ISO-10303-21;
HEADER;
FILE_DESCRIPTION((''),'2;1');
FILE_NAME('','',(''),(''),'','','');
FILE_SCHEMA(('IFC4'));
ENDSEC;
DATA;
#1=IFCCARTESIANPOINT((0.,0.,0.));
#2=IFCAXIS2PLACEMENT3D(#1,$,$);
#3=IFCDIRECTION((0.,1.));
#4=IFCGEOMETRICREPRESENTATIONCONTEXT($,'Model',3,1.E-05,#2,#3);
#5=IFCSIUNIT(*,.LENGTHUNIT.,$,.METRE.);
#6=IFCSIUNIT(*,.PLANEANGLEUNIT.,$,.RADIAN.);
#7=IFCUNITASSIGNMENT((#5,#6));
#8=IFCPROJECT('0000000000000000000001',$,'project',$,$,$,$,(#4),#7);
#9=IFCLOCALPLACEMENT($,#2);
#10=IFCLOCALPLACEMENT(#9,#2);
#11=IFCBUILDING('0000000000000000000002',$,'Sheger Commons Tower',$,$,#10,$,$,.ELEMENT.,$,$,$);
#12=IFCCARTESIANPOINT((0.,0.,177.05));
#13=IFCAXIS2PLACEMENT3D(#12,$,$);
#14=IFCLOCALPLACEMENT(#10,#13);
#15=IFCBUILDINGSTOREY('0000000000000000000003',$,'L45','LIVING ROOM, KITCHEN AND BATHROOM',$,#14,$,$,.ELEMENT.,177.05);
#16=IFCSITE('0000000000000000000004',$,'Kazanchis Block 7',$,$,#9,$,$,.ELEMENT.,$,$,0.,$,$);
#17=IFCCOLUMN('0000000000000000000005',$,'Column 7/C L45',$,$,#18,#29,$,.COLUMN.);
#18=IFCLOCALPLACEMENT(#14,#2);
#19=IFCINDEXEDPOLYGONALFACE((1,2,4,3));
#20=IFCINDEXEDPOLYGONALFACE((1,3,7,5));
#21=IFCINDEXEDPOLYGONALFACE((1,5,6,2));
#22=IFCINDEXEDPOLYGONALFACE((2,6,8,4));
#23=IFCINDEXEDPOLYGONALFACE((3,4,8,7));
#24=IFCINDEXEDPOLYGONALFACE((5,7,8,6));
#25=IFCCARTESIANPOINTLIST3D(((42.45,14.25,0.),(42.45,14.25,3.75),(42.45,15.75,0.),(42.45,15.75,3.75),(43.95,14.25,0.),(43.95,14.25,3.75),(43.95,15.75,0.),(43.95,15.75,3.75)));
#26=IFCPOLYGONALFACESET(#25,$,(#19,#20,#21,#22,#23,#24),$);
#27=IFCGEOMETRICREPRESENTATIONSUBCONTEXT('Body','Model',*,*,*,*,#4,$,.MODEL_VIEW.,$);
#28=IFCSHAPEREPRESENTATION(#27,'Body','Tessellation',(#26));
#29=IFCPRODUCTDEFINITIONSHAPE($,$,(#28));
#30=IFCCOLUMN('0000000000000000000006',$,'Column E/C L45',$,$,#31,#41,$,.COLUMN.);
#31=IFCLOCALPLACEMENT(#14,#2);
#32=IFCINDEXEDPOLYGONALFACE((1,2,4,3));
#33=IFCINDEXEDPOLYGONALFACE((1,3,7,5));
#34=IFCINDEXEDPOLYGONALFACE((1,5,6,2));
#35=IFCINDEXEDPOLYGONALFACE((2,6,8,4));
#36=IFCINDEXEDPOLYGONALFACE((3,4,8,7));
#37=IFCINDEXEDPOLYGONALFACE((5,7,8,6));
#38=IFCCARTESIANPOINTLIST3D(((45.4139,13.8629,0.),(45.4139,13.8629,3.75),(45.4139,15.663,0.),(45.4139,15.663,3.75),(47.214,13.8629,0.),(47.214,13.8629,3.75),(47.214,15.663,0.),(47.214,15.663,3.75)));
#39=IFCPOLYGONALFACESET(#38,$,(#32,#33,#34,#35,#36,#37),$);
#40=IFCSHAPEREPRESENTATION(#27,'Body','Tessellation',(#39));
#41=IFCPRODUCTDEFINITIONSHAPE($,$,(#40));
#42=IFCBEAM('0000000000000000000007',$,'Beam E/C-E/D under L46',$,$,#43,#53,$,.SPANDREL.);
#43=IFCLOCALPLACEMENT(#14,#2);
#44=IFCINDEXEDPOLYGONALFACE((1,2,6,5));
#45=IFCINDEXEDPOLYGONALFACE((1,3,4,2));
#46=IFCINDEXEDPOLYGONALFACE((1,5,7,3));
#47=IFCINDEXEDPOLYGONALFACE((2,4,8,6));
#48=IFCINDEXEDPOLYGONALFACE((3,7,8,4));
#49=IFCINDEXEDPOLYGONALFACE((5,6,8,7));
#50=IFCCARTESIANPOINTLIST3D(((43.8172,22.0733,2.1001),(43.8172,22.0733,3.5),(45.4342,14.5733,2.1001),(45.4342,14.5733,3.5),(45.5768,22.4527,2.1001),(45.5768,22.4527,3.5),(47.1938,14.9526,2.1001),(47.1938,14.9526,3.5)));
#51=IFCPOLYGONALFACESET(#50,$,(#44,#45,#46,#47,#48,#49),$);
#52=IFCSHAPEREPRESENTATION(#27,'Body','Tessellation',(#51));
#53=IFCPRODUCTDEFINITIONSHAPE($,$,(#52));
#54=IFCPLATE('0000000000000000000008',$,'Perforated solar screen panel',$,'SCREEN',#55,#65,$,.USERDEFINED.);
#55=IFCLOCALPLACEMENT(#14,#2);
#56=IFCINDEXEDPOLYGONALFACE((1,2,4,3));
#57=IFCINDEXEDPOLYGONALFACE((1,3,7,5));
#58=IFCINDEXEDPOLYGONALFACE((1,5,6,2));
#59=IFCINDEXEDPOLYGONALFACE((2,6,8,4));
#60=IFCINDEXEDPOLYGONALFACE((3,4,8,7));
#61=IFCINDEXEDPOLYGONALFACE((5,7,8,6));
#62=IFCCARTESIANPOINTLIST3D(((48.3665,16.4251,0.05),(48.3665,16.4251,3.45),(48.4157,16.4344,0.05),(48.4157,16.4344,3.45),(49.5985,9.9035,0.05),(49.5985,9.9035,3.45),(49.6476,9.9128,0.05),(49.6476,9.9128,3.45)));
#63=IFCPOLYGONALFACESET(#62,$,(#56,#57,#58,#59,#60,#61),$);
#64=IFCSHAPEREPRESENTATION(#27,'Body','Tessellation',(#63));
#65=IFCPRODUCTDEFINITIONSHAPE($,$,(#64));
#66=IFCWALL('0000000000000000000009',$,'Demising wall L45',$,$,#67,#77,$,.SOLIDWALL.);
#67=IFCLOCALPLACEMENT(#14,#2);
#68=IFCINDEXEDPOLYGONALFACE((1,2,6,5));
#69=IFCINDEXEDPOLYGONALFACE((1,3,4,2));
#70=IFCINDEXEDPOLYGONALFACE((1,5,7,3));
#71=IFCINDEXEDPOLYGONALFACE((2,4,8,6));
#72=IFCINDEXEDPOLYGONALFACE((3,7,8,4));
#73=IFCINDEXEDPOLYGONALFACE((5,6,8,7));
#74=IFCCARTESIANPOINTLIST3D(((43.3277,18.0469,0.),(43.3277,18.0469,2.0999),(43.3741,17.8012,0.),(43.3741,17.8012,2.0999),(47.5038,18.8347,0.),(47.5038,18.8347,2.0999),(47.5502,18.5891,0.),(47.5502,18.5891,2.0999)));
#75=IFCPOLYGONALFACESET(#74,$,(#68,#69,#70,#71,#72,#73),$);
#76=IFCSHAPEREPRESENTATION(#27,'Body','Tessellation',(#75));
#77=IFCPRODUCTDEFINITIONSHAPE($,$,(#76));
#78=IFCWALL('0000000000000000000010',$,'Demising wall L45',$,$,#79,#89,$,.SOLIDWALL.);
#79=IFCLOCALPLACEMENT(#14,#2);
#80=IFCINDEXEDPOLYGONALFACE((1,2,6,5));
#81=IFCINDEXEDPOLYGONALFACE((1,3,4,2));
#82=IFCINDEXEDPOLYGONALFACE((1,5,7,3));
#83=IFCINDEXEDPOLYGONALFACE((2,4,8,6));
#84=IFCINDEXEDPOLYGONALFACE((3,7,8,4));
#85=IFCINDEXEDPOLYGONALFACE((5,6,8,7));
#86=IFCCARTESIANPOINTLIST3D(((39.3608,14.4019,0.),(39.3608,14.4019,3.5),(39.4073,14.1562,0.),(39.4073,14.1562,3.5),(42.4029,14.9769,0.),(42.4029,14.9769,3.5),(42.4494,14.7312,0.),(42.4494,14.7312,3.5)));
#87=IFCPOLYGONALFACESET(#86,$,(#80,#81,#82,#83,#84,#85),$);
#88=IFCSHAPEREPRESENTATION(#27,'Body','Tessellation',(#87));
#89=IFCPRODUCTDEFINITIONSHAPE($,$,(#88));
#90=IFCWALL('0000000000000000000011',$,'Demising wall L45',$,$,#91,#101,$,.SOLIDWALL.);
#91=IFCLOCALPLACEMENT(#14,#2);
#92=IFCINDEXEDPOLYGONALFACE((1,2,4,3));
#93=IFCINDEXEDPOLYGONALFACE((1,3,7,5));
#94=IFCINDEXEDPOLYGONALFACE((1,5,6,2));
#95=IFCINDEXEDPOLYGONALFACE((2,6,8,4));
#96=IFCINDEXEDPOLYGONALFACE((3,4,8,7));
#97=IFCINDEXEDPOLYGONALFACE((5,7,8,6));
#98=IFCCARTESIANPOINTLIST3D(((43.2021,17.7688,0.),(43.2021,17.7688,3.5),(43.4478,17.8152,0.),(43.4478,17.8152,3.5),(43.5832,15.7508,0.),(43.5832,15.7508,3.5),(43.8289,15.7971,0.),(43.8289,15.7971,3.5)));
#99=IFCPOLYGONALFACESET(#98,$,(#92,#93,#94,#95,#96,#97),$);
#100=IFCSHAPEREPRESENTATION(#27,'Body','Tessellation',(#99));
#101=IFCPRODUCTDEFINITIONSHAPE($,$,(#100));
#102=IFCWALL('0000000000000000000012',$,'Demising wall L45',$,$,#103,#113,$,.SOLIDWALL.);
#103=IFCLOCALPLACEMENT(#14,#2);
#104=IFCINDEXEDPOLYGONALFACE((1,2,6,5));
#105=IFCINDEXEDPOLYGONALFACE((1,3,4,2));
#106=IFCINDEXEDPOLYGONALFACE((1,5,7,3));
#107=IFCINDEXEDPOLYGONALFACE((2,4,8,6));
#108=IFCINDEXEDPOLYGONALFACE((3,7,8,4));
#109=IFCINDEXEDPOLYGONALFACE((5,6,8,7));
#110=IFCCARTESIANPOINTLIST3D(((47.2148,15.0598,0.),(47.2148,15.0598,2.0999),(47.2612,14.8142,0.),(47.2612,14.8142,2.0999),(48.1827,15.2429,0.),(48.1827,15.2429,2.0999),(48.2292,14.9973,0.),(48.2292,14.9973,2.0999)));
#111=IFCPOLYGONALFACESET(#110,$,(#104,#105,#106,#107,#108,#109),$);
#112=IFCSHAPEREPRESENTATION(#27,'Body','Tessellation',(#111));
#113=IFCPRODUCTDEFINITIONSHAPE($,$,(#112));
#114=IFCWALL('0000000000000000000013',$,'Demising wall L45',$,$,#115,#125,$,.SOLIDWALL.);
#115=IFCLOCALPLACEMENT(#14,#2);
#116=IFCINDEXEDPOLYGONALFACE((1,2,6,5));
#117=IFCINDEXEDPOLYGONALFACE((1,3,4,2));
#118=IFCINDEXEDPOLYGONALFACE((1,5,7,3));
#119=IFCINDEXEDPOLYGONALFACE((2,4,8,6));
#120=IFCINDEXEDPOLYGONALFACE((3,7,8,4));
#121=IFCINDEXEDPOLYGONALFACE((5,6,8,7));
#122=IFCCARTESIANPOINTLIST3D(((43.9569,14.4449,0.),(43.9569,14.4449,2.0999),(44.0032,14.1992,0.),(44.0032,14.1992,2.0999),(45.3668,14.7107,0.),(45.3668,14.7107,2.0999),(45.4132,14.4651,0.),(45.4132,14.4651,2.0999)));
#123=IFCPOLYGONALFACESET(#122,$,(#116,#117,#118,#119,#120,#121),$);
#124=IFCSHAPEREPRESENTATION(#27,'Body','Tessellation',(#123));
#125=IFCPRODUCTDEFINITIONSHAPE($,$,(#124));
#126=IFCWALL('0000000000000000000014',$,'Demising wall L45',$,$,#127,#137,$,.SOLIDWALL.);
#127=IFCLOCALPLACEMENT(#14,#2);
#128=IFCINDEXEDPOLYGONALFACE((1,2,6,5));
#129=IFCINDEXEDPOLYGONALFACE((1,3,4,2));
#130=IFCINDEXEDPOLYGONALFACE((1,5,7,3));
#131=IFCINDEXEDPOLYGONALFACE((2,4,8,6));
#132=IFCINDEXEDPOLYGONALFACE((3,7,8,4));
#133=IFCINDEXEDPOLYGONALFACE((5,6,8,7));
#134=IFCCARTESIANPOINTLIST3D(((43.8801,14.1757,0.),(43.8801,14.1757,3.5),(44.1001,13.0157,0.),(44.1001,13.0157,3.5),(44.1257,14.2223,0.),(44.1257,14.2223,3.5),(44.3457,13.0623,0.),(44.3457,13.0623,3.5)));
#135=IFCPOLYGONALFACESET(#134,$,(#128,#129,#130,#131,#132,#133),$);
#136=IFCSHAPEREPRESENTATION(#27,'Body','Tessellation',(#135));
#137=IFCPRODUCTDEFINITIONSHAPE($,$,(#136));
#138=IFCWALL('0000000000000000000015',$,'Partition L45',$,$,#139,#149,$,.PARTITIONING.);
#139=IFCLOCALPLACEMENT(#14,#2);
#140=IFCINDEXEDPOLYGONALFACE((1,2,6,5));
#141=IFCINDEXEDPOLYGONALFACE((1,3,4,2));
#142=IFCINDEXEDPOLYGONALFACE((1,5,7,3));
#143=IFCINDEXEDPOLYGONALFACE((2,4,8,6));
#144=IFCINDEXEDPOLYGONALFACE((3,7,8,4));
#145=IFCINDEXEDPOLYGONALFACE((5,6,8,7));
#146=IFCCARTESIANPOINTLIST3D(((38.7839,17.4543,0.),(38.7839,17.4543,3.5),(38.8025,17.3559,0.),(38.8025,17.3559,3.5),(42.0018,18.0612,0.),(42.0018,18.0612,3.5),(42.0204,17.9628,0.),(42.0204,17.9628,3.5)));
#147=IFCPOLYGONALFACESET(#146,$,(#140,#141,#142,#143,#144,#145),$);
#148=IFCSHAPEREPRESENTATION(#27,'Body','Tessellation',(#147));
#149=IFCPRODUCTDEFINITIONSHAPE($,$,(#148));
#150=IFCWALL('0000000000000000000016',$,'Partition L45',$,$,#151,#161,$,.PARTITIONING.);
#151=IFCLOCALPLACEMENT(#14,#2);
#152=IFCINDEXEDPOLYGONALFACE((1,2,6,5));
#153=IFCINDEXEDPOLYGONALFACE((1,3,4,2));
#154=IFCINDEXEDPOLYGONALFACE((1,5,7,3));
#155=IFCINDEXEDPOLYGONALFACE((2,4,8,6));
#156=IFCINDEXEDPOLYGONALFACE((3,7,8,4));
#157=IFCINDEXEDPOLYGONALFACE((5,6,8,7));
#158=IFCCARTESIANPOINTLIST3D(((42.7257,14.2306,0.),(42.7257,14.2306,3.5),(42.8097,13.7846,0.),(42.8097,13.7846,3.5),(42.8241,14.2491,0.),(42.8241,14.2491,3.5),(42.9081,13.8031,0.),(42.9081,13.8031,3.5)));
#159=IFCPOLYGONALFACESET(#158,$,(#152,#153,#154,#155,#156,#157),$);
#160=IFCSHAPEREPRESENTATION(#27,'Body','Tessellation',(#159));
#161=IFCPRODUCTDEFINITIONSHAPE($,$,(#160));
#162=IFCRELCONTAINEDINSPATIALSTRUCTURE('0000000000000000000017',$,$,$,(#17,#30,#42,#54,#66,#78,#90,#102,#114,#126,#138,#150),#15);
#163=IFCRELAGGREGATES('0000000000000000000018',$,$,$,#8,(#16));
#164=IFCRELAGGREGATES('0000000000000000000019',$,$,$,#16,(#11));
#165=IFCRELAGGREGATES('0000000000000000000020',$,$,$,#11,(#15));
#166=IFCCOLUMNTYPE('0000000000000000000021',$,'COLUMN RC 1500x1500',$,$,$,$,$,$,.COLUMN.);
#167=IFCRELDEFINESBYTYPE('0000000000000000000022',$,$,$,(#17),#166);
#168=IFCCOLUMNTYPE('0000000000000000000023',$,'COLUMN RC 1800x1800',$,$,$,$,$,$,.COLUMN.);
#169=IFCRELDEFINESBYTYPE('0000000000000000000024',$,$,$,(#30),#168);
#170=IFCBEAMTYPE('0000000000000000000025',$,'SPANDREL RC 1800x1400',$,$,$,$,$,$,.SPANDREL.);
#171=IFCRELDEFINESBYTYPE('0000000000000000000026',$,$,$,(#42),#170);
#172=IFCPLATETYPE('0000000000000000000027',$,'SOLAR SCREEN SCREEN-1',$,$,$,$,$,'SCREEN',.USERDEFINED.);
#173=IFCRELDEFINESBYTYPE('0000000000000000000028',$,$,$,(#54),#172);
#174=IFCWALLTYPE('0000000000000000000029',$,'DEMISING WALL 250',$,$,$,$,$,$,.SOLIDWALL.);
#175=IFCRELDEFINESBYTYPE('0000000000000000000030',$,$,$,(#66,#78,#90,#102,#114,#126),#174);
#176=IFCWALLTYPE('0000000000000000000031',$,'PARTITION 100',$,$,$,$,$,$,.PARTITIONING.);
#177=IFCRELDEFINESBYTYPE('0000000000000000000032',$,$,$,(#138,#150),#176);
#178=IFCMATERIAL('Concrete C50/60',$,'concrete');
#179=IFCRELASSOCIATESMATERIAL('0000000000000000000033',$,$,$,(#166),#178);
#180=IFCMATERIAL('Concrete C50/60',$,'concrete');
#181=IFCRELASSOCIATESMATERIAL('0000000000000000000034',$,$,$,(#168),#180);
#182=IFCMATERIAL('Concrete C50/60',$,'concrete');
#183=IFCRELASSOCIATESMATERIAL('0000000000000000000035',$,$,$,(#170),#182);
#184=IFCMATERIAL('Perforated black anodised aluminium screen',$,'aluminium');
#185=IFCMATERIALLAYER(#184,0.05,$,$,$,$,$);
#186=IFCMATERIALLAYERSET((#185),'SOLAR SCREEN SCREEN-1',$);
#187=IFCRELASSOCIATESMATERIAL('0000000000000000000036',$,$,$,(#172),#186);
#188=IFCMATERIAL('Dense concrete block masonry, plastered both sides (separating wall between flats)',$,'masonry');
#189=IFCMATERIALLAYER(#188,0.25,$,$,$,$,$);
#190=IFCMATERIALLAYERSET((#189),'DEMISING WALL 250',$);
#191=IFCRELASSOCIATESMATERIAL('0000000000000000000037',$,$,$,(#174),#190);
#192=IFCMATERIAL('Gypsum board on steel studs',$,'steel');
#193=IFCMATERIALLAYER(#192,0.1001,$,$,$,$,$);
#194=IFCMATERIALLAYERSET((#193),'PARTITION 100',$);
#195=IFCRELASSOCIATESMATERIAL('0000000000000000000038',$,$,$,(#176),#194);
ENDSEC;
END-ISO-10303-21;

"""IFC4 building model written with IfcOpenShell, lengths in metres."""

from ifc_helpers import new_model, si_unit, direction, frame, frame_2d, origin, origin_2d, place, context, subcontext, project, spatial, rectangle, extrude, material, layer, layer_set, material_profile, profile_set, type_object, element, save


model = new_model("IFC4")

# Units and contexts
model_context = context("Model", 3, precision=1e-05, world=origin(), true_north=direction((0.0, 1.0)))
body_context = subcontext(model_context, "Body", "Model", "MODEL_VIEW")
ifc_project = project(units=[si_unit("LENGTHUNIT", "METRE"), si_unit("PLANEANGLEUNIT", "RADIAN")], contexts=[model_context])

# Site, building, storey
site_placement = place(None, origin())
site = spatial("IfcSite", under=ifc_project, at=site_placement, Name="Kazanchis Block 7", CompositionType="ELEMENT", RefElevation=0.0)
building_placement = place(site_placement, origin())
building = spatial("IfcBuilding", under=site, at=building_placement, Name="Sheger Commons Tower", CompositionType="ELEMENT")
storey_placement = place(building_placement, frame((0.0, 0.0, 177.05)))
storey = spatial("IfcBuildingStorey", under=building, at=storey_placement, Name="L45", Description="LIVING ROOM, KITCHEN AND BATHROOM", CompositionType="ELEMENT", Elevation=177.05)

# Columns
ifc_material_1 = material(Name="Concrete C50/60", Category="concrete")
ifc_material_profile_1 = material_profile(ifc_material_1, rectangle(XDim=1.5, YDim=1.5, at=origin_2d()), Name="RC 1500x1500")
ifc_profile_set_1 = profile_set([ifc_material_profile_1], Name="Concrete C50/60")
column_type_1 = type_object("IfcColumnType", Name="COLUMN RC 1500x1500", PredefinedType="COLUMN", material=ifc_profile_set_1)
column_1_placement = place(storey_placement, frame((43.2, 15.0, 0.0), z_axis=(0.0, 0.0, 1.0), x_axis=(1.0, 0.0, 0.0)))
element("IfcColumn", 1, at=column_1_placement, inside=storey, type_object=column_type_1, Name="Column 7/C L45", PredefinedType="COLUMN", context=body_context, shape_type="SweptSolid", body=[
    extrude(rectangle(XDim=1.5, YDim=1.5, at=origin_2d()), origin(), (0.0, 0.0, 1.0), 3.75),
])
ifc_material_2 = material(Name="Concrete C50/60", Category="concrete")
ifc_material_profile_2 = material_profile(ifc_material_2, rectangle(XDim=1.8, YDim=1.8, at=origin_2d()), Name="RC 1800x1800")
ifc_profile_set_2 = profile_set([ifc_material_profile_2], Name="Concrete C50/60")
column_type_2 = type_object("IfcColumnType", Name="COLUMN RC 1800x1800", PredefinedType="COLUMN", material=ifc_profile_set_2)
column_2_placement = place(storey_placement, frame((46.314, 14.7629, 0.0), z_axis=(0.0, 0.0, 1.0), x_axis=(1.0, 0.0, 0.0)))
element("IfcColumn", 2, at=column_2_placement, inside=storey, type_object=column_type_2, Name="Column E/C L45", PredefinedType="COLUMN", context=body_context, shape_type="SweptSolid", body=[
    extrude(rectangle(XDim=1.8, YDim=1.8, at=origin_2d()), origin(), (0.0, 0.0, 1.0), 3.75),
])

# Beam
ifc_material_3 = material(Name="Concrete C50/60", Category="concrete")
ifc_material_profile_3 = material_profile(ifc_material_3, rectangle(XDim=1.8, YDim=1.3999, at=origin_2d()), Name="RC 1800x1400")
ifc_profile_set_3 = profile_set([ifc_material_profile_3], Name="Concrete C50/60")
beam_type = type_object("IfcBeamType", Name="SPANDREL RC 1800x1400", PredefinedType="SPANDREL", material=ifc_profile_set_3)
beam_placement = place(storey_placement, frame((46.314, 14.7629, 2.8), z_axis=(-0.21075, 0.97754, 0.0), x_axis=(-0.97754, -0.21075, 0.0)))
element("IfcBeam", 3, at=beam_placement, inside=storey, type_object=beam_type, Name="Beam E/C-E/D under L46", PredefinedType="SPANDREL", context=body_context, shape_type="SweptSolid", body=[
    extrude(rectangle(XDim=1.8, YDim=1.3999, at=origin_2d()), origin(), (0.0, 0.0, 1.0), 7.6724),
])

# Plate
ifc_material_4 = material(Name="Perforated black anodised aluminium screen", Category="aluminium")
ifc_layer_1 = layer(ifc_material_4, 0.05)
ifc_layer_set_1 = layer_set([ifc_layer_1], Name="SOLAR SCREEN SCREEN-1")
plate_type = type_object("IfcPlateType", Name="SOLAR SCREEN SCREEN-1", ElementType="SCREEN", PredefinedType="USERDEFINED", material=ifc_layer_set_1)
plate_placement = place(storey_placement, frame((49.0071, 13.1689, 0.05), z_axis=(0.0, 0.0, 1.0), x_axis=(-0.185615, 0.982623, 0.0)))
element("IfcPlate", 4, at=plate_placement, inside=storey, type_object=plate_type, Name="Perforated solar screen panel", ObjectType="SCREEN", PredefinedType="USERDEFINED", context=body_context, shape_type="SweptSolid", body=[
    extrude(rectangle(XDim=6.637, YDim=0.05, at=origin_2d()), origin(), (0.0, 0.0, 1.0), 3.3999),
])

# Walls
ifc_material_5 = material(Name="Dense concrete block masonry, plastered both sides (separating wall between flats)", Category="masonry")
ifc_layer_2 = layer(ifc_material_5, 0.25)
ifc_layer_set_2 = layer_set([ifc_layer_2], Name="DEMISING WALL 250")
wall_type_1 = type_object("IfcWallType", Name="DEMISING WALL 250", PredefinedType="SOLIDWALL", material=ifc_layer_set_2)
wall_1_placement = place(storey_placement, frame((47.5271, 18.7119, 0.0), z_axis=(0.0, 0.0, 1.0), x_axis=(-0.982665, -0.185388, 0.0)))
element("IfcWall", 5, at=wall_1_placement, inside=storey, type_object=wall_type_1, Name="Demising wall L45", PredefinedType="SOLIDWALL", context=body_context, shape_type="SweptSolid", body=[
    extrude(rectangle(XDim=4.2498, YDim=0.25, at=frame_2d((2.125, 0.0))), origin(), (0.0, 0.0, 1.0), 2.0999),
])
wall_2_placement = place(storey_placement, frame((42.426, 14.854, 0.0), z_axis=(0.0, 0.0, 1.0), x_axis=(-0.982603, -0.185717, 0.0)))
element("IfcWall", 6, at=wall_2_placement, inside=storey, type_object=wall_type_1, Name="Demising wall L45", PredefinedType="SOLIDWALL", context=body_context, shape_type="SweptSolid", body=[
    extrude(rectangle(XDim=3.0959, YDim=0.25, at=frame_2d((1.5479, 0.0))), origin(), (0.0, 0.0, 1.0), 3.5),
])
wall_3_placement = place(storey_placement, frame((43.325, 17.792, 0.0), z_axis=(0.0, 0.0, 1.0), x_axis=(0.185566, -0.982632, 0.0)))
element("IfcWall", 7, at=wall_3_placement, inside=storey, type_object=wall_type_1, Name="Demising wall L45", PredefinedType="SOLIDWALL", context=body_context, shape_type="SweptSolid", body=[
    extrude(rectangle(XDim=2.0537, YDim=0.25, at=frame_2d((1.0269, 0.0))), origin(), (0.0, 0.0, 1.0), 3.5),
])
wall_4_placement = place(storey_placement, frame((48.2061, 15.1201, 0.0), z_axis=(0.0, 0.0, 1.0), x_axis=(-0.982576, -0.185859, 0.0)))
element("IfcWall", 8, at=wall_4_placement, inside=storey, type_object=wall_type_1, Name="Demising wall L45", PredefinedType="SOLIDWALL", context=body_context, shape_type="SweptSolid", body=[
    extrude(rectangle(XDim=0.9851, YDim=0.25, at=frame_2d((0.4927, 0.0))), origin(), (0.0, 0.0, 1.0), 2.0999),
])
wall_5_placement = place(storey_placement, frame((45.3899, 14.5879, 0.0), z_axis=(0.0, 0.0, 1.0), x_axis=(-0.982681, -0.185306, 0.0)))
element("IfcWall", 9, at=wall_5_placement, inside=storey, type_object=wall_type_1, Name="Demising wall L45", PredefinedType="SOLIDWALL", context=body_context, shape_type="SweptSolid", body=[
    extrude(rectangle(XDim=1.4348, YDim=0.25, at=frame_2d((0.7173, 0.0))), origin(), (0.0, 0.0, 1.0), 2.0999),
])
wall_6_placement = place(storey_placement, frame((44.0029, 14.199, 0.0), z_axis=(0.0, 0.0, 1.0), x_axis=(0.186323, -0.982488, 0.0)))
element("IfcWall", 10, at=wall_6_placement, inside=storey, type_object=wall_type_1, Name="Demising wall L45", PredefinedType="SOLIDWALL", context=body_context, shape_type="SweptSolid", body=[
    extrude(rectangle(XDim=1.1807, YDim=0.25, at=frame_2d((0.5903, 0.0))), origin(), (0.0, 0.0, 1.0), 3.5),
])
ifc_material_6 = material(Name="Gypsum board on steel studs", Category="steel")
ifc_layer_3 = layer(ifc_material_6, 0.1001)
ifc_layer_set_3 = layer_set([ifc_layer_3], Name="PARTITION 100")
wall_type_2 = type_object("IfcWallType", Name="PARTITION 100", PredefinedType="PARTITIONING", material=ifc_layer_set_3)
wall_7_placement = place(storey_placement, frame((42.011, 18.012, 0.0), z_axis=(0.0, 0.0, 1.0), x_axis=(-0.982675, -0.185337, 0.0)))
element("IfcWall", 11, at=wall_7_placement, inside=storey, type_object=wall_type_2, Name="Partition L45", PredefinedType="PARTITIONING", context=body_context, shape_type="SweptSolid", body=[
    extrude(rectangle(XDim=3.2747, YDim=0.1001, at=frame_2d((1.6372, 0.0))), origin(), (0.0, 0.0, 1.0), 3.5),
])
wall_8_placement = place(storey_placement, frame((42.7749, 14.24, 0.0), z_axis=(0.0, 0.0, 1.0), x_axis=(0.185035, -0.982732, 0.0)))
element("IfcWall", 12, at=wall_8_placement, inside=storey, type_object=wall_type_2, Name="Partition L45", PredefinedType="PARTITIONING", context=body_context, shape_type="SweptSolid", body=[
    extrude(rectangle(XDim=0.4539, YDim=0.1001, at=frame_2d((0.2271, 0.0))), origin(), (0.0, 0.0, 1.0), 3.5),
])

save(model, "model.ifc")
